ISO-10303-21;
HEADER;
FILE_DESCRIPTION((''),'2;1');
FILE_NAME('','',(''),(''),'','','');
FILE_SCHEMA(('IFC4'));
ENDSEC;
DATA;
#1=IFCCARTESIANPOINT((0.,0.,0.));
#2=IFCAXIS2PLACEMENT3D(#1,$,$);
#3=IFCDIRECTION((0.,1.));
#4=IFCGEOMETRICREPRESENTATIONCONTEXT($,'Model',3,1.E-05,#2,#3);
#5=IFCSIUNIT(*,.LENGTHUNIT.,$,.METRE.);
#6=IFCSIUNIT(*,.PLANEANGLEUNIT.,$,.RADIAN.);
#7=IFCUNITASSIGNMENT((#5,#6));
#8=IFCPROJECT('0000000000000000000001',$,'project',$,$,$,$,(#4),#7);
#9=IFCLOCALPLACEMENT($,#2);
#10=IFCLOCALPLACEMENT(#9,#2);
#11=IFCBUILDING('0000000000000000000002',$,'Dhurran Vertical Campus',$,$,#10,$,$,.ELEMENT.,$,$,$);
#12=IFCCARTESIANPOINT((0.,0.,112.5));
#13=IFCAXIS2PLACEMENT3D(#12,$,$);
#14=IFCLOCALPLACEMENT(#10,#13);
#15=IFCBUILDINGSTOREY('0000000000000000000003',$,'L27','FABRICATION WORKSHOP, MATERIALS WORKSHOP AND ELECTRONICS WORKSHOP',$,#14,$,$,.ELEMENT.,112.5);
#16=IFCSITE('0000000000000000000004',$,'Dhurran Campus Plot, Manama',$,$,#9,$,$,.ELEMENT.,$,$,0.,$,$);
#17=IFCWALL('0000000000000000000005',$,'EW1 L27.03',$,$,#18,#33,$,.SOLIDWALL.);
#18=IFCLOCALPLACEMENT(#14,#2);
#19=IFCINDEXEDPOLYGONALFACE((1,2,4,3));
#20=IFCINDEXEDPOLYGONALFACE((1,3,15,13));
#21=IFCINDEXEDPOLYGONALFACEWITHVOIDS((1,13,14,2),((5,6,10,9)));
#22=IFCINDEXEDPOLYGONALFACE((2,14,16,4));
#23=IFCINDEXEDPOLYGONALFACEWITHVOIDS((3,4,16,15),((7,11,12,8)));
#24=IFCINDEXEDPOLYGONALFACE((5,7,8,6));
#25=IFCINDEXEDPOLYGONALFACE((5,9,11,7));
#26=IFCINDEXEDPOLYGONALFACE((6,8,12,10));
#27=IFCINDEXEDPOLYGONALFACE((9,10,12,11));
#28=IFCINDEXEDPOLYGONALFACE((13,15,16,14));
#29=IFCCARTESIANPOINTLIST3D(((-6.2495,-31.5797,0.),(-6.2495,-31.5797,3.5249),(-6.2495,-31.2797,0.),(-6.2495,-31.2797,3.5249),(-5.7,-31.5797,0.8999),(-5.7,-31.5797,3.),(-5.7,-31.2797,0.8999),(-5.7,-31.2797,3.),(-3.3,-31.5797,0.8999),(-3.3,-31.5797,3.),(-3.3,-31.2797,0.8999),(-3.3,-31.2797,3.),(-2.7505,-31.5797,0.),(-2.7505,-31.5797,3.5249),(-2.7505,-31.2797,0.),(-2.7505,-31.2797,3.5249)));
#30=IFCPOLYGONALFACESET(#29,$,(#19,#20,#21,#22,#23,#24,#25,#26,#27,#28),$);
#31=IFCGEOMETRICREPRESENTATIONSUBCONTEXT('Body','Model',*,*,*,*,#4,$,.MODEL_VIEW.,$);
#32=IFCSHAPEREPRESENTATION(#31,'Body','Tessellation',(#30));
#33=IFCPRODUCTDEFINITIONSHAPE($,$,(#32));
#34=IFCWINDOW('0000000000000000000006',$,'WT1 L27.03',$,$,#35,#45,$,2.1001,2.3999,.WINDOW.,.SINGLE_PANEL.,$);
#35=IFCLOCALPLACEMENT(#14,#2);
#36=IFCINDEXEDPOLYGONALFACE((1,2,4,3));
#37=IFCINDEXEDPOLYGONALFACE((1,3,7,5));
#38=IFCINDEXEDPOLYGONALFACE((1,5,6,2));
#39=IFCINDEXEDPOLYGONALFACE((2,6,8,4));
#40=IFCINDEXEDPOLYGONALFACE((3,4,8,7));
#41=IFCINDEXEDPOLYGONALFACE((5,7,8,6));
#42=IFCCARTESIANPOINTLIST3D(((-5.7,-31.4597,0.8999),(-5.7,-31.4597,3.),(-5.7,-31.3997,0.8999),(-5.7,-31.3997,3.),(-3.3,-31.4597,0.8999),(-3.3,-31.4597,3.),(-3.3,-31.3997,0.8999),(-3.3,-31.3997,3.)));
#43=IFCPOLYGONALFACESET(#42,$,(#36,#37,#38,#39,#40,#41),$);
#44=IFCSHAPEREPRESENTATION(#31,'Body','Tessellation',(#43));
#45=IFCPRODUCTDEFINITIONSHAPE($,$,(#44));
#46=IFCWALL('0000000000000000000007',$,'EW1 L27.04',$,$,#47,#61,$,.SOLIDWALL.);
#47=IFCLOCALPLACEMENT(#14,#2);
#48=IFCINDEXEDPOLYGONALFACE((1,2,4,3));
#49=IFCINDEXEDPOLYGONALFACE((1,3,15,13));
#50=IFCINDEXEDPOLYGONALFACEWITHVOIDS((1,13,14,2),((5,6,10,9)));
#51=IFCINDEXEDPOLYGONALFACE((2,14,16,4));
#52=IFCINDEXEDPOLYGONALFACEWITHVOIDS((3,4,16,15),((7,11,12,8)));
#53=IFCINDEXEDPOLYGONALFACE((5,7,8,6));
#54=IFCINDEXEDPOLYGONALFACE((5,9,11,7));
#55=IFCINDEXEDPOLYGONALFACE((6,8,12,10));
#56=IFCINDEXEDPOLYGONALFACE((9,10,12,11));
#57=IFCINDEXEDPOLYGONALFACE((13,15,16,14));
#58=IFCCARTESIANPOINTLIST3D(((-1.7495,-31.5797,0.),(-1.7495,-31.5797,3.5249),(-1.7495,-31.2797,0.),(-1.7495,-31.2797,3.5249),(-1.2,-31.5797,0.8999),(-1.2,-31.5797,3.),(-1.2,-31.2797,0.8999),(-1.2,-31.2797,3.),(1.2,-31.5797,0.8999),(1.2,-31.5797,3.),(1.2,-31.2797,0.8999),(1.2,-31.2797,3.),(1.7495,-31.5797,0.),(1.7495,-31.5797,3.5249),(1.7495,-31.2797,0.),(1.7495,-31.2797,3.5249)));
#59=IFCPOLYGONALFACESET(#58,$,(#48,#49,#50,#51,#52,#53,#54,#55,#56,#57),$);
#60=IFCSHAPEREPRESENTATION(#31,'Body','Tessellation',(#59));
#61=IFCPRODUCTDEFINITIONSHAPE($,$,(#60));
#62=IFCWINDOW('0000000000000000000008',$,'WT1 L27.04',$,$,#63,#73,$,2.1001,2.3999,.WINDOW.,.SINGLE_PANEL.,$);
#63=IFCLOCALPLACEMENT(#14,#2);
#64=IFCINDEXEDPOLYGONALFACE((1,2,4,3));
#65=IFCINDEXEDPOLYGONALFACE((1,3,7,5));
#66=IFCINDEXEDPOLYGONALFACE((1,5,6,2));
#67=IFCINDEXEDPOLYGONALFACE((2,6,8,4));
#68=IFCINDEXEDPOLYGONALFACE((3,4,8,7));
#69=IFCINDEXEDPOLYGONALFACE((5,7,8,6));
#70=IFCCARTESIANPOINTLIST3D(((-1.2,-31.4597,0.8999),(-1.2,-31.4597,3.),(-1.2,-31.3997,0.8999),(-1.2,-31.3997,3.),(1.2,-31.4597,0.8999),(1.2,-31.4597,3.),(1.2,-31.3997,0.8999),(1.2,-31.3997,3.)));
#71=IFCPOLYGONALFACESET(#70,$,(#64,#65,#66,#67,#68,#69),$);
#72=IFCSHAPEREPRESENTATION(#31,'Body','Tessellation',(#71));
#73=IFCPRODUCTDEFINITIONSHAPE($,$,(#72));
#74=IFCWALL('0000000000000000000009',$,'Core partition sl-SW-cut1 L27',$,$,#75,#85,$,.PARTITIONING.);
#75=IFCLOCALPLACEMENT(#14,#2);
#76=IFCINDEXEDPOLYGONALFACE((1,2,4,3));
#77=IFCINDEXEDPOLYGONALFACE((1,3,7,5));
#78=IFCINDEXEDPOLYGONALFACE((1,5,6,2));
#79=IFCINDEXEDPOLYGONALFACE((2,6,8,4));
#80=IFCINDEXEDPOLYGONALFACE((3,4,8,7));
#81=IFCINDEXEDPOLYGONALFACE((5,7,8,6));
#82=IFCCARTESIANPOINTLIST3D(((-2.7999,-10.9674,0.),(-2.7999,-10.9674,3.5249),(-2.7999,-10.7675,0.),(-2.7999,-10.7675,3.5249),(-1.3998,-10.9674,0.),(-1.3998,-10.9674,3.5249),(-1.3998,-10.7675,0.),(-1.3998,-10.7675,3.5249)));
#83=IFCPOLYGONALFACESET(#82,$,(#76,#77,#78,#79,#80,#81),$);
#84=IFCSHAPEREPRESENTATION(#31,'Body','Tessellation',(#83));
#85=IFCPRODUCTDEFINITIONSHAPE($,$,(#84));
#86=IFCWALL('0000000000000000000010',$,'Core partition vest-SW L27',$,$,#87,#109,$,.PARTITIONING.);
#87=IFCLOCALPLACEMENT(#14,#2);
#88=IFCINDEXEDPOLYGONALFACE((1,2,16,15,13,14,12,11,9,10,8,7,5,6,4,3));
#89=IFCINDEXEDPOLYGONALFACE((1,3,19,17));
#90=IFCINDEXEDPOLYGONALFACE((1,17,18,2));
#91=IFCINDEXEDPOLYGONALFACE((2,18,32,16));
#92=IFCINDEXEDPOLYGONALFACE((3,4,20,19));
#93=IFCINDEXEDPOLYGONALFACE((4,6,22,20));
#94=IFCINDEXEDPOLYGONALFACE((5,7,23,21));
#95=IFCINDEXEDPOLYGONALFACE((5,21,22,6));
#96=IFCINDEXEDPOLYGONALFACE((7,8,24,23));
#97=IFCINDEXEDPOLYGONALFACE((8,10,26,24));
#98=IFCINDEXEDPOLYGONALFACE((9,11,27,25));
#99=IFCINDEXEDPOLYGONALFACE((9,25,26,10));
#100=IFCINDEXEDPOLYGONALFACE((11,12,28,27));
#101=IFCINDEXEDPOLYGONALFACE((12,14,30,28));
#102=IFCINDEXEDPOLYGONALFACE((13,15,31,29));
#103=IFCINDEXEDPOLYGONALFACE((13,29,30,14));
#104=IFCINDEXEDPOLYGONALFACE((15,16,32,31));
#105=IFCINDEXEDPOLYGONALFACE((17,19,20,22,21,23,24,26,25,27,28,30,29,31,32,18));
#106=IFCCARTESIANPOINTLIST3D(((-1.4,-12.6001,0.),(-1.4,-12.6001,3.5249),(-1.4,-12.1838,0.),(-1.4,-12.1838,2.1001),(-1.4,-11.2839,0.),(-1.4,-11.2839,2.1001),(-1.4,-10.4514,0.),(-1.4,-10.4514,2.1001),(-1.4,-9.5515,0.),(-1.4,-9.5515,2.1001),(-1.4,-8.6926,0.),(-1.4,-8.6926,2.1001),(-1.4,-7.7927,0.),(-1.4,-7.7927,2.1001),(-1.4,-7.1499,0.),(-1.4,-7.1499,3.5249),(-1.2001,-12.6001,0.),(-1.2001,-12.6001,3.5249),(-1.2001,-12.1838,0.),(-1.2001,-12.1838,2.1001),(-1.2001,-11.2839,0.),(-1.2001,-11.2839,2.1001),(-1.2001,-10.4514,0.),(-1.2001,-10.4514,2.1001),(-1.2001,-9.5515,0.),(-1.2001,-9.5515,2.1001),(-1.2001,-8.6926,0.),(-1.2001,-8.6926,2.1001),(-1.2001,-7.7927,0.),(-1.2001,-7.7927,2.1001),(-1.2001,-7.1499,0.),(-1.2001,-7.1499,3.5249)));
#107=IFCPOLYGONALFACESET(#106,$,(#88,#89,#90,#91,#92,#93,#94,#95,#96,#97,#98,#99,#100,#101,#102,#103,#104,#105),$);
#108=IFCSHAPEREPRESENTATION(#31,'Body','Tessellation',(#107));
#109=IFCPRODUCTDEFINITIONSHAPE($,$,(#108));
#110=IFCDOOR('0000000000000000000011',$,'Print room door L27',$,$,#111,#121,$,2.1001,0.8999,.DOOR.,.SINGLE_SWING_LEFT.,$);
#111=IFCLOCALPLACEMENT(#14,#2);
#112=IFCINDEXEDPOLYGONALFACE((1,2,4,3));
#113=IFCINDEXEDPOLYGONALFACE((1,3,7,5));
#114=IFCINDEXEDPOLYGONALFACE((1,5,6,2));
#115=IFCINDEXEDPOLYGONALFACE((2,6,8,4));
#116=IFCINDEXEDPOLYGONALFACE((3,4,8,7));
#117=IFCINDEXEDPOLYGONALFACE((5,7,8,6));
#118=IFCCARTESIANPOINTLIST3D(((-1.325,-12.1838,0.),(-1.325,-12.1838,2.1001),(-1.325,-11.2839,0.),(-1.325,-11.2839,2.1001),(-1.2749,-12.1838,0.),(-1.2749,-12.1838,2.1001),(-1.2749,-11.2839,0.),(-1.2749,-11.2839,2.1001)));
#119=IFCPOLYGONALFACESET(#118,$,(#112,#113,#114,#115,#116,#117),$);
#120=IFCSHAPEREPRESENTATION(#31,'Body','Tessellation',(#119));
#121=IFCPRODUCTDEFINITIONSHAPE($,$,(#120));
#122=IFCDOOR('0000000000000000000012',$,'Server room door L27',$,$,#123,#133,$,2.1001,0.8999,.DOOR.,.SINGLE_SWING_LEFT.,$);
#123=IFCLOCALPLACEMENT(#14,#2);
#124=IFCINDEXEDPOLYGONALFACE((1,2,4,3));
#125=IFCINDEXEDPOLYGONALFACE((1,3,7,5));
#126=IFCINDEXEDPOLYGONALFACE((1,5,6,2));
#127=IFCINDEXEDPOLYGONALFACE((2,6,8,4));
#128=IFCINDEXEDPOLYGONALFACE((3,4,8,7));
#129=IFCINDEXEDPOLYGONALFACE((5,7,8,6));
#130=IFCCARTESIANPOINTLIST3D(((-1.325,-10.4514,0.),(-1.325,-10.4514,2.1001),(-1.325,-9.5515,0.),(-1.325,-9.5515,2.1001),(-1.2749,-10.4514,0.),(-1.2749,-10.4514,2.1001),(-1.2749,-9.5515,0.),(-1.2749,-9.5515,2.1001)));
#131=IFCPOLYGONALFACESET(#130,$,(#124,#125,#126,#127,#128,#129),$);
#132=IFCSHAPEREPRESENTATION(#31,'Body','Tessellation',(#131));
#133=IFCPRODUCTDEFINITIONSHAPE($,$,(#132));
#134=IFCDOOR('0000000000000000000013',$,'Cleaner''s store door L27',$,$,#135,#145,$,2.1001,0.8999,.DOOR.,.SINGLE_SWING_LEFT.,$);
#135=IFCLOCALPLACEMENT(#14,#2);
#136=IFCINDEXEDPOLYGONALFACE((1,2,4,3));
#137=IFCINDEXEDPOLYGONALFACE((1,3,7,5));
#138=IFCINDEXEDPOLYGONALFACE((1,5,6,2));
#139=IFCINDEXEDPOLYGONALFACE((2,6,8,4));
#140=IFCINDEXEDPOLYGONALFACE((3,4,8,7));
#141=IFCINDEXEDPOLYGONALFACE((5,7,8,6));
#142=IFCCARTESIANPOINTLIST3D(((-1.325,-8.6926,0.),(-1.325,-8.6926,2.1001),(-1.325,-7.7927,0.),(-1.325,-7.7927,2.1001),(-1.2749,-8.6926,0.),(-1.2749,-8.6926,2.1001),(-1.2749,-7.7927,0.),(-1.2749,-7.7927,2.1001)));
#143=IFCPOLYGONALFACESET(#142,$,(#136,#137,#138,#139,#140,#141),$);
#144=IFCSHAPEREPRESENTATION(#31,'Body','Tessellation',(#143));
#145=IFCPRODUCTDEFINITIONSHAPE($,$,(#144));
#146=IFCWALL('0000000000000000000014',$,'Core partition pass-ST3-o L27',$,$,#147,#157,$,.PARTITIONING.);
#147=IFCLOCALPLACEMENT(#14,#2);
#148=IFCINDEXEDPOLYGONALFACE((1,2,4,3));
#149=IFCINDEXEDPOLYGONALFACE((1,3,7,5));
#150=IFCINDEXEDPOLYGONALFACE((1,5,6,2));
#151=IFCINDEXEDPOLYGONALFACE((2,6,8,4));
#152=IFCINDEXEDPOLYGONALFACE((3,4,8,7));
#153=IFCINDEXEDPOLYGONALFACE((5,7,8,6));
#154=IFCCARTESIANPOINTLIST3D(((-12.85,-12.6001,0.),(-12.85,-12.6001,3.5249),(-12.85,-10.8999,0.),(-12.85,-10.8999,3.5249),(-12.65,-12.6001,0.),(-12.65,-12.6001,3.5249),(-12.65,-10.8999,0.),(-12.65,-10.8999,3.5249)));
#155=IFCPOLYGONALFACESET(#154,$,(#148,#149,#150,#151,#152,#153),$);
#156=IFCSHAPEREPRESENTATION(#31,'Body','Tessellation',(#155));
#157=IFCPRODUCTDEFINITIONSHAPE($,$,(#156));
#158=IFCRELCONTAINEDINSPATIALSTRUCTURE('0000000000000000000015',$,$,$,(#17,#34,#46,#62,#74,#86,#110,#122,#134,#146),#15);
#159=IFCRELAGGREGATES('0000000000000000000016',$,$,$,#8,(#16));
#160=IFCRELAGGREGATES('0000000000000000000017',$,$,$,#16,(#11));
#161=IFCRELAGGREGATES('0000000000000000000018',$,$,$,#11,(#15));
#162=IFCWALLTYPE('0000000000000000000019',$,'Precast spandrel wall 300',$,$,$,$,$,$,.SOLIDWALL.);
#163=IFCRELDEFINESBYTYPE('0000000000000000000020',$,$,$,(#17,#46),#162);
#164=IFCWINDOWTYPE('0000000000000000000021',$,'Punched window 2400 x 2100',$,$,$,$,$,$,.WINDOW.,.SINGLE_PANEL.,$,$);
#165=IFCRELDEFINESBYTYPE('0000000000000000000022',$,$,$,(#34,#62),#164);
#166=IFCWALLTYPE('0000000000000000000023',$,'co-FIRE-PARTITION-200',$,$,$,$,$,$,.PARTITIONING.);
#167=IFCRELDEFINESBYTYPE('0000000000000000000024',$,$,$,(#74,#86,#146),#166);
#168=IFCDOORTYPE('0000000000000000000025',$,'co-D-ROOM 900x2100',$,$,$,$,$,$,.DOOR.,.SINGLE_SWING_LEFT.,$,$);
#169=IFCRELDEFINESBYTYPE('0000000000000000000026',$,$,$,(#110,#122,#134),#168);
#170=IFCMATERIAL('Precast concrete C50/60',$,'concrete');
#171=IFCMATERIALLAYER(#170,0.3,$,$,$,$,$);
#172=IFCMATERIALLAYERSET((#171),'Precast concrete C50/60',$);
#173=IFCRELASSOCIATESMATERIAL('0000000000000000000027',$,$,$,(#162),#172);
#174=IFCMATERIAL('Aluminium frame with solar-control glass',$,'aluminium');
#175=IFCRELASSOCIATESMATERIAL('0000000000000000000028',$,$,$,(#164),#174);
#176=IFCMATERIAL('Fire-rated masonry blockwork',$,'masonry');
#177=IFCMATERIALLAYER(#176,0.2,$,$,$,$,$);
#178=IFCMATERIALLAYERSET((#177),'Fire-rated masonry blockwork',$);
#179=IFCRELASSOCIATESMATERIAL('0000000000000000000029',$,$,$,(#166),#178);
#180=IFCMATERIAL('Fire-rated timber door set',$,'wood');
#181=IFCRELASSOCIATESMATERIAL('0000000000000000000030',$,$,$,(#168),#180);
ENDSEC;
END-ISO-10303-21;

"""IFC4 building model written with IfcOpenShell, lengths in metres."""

from ifc_helpers import new_model, si_unit, direction, frame, frame_2d, origin, place, context, subcontext, project, spatial, rectangle, extrude, material, layer, layer_set, type_object, element, fill, save


model = new_model("IFC4")

# Units and contexts
model_context = context("Model", 3, precision=1e-05, world=origin(), true_north=direction((0.0, 1.0)))
body_context = subcontext(model_context, "Body", "Model", "MODEL_VIEW")
ifc_project = project(units=[si_unit("LENGTHUNIT", "METRE"), si_unit("PLANEANGLEUNIT", "RADIAN")], contexts=[model_context])

# Site, building, storey
site_placement = place(None, origin())
site = spatial("IfcSite", under=ifc_project, at=site_placement, Name="Dhurran Campus Plot, Manama", CompositionType="ELEMENT", RefElevation=0.0)
building_placement = place(site_placement, origin())
building = spatial("IfcBuilding", under=site, at=building_placement, Name="Dhurran Vertical Campus", CompositionType="ELEMENT")
storey_placement = place(building_placement, frame((0.0, 0.0, 112.5)))
storey = spatial("IfcBuildingStorey", under=building, at=storey_placement, Name="L27", Description="FABRICATION WORKSHOP, MATERIALS WORKSHOP AND ELECTRONICS WORKSHOP", CompositionType="ELEMENT", Elevation=112.5)

# Walls, openings, windows
ifc_material_1 = material(Name="Precast concrete C50/60", Category="concrete")
ifc_layer_1 = layer(ifc_material_1, 0.3)
ifc_layer_set_1 = layer_set([ifc_layer_1], Name="Precast concrete C50/60")
wall_type_1 = type_object("IfcWallType", Name="Precast spandrel wall 300", PredefinedType="SOLIDWALL", material=ifc_layer_set_1)
ifc_material_2 = material(Name="Aluminium frame with solar-control glass", Category="aluminium")
window_type = type_object("IfcWindowType", Name="Punched window 2400 x 2100", PartitioningType="SINGLE_PANEL", PredefinedType="WINDOW", material=ifc_material_2)
wall_1_placement = place(storey_placement, frame((-6.2495, -31.4297, 0.0), z_axis=(0.0, 0.0, 1.0), x_axis=(1.0, 0.0, 0.0)))
wall_1 = element("IfcWall", 1, at=wall_1_placement, inside=storey, type_object=wall_type_1, Name="EW1 L27.03", PredefinedType="SOLIDWALL", context=body_context, shape_type="SweptSolid", body=[
    extrude(rectangle(XDim=3.499, YDim=0.3, at=frame_2d((1.7495, 0.0))), origin(), (0.0, 0.0, 1.0), 3.5249),
])
opening_1_placement = place(wall_1_placement, frame((0.5496, 0.0, 0.8999)))
opening_1 = element("IfcOpeningElement", 2, at=opening_1_placement, cuts=wall_1, PredefinedType="OPENING", context=body_context, shape_type="SweptSolid", body=[
    extrude(rectangle(XDim=2.3999, YDim=2.1001, at=frame_2d((1.2, 1.05))), frame((0.0, 0.1599, 0.0), z_axis=(0.0, -1.0, 0.0), x_axis=(1.0, 0.0, 0.0)), (0.0, 0.0, 1.0), 0.3201),
])
window_1_placement = place(opening_1_placement, origin())
window_1 = element("IfcWindow", 3, at=window_1_placement, inside=storey, type_object=window_type, Name="WT1 L27.03", OverallHeight=2.1001, OverallWidth=2.3999, PartitioningType="SINGLE_PANEL", PredefinedType="WINDOW", context=body_context, shape_type="SweptSolid", body=[
    extrude(rectangle(XDim=2.3999, YDim=2.1001, at=frame_2d((1.2, 1.05))), frame((0.0, 0.03, 0.0), z_axis=(0.0, -1.0, 0.0), x_axis=(1.0, 0.0, 0.0)), (0.0, 0.0, 1.0), 0.0601),
])
fill(opening_1, window_1)
wall_2_placement = place(storey_placement, frame((-1.7495, -31.4297, 0.0), z_axis=(0.0, 0.0, 1.0), x_axis=(1.0, 0.0, 0.0)))
wall_2 = element("IfcWall", 4, at=wall_2_placement, inside=storey, type_object=wall_type_1, Name="EW1 L27.04", PredefinedType="SOLIDWALL", context=body_context, shape_type="SweptSolid", body=[
    extrude(rectangle(XDim=3.499, YDim=0.3, at=frame_2d((1.7495, 0.0))), origin(), (0.0, 0.0, 1.0), 3.5249),
])
opening_2_placement = place(wall_2_placement, frame((0.5496, 0.0, 0.8999)))
opening_2 = element("IfcOpeningElement", 5, at=opening_2_placement, cuts=wall_2, PredefinedType="OPENING", context=body_context, shape_type="SweptSolid", body=[
    extrude(rectangle(XDim=2.3999, YDim=2.1001, at=frame_2d((1.2, 1.05))), frame((0.0, 0.1599, 0.0), z_axis=(0.0, -1.0, 0.0), x_axis=(1.0, 0.0, 0.0)), (0.0, 0.0, 1.0), 0.3201),
])
window_2_placement = place(opening_2_placement, origin())
window_2 = element("IfcWindow", 6, at=window_2_placement, inside=storey, type_object=window_type, Name="WT1 L27.04", OverallHeight=2.1001, OverallWidth=2.3999, PartitioningType="SINGLE_PANEL", PredefinedType="WINDOW", context=body_context, shape_type="SweptSolid", body=[
    extrude(rectangle(XDim=2.3999, YDim=2.1001, at=frame_2d((1.2, 1.05))), frame((0.0, 0.03, 0.0), z_axis=(0.0, -1.0, 0.0), x_axis=(1.0, 0.0, 0.0)), (0.0, 0.0, 1.0), 0.0601),
])
fill(opening_2, window_2)

# Wall
ifc_material_3 = material(Name="Fire-rated masonry blockwork", Category="masonry")
ifc_layer_2 = layer(ifc_material_3, 0.2)
ifc_layer_set_2 = layer_set([ifc_layer_2], Name="Fire-rated masonry blockwork")
wall_type_2 = type_object("IfcWallType", Name="co-FIRE-PARTITION-200", PredefinedType="PARTITIONING", material=ifc_layer_set_2)
wall_3_placement = place(storey_placement, frame((-2.8, -10.8674, 0.0), z_axis=(0.0, 0.0, 1.0), x_axis=(1.0, 0.0, 0.0)))
element("IfcWall", 7, at=wall_3_placement, inside=storey, type_object=wall_type_2, Name="Core partition sl-SW-cut1 L27", PredefinedType="PARTITIONING", context=body_context, shape_type="SweptSolid", body=[
    extrude(rectangle(XDim=1.4001, YDim=0.2, at=frame_2d((0.7002, 0.0))), origin(), (0.0, 0.0, 1.0), 3.5249),
])

# Wall, openings, doors
wall_4_placement = place(storey_placement, frame((-1.3, -12.6001, 0.0), z_axis=(0.0, 0.0, 1.0), x_axis=(0.0, 1.0, 0.0)))
wall_4 = element("IfcWall", 8, at=wall_4_placement, inside=storey, type_object=wall_type_2, Name="Core partition vest-SW L27", PredefinedType="PARTITIONING", context=body_context, shape_type="SweptSolid", body=[
    extrude(rectangle(XDim=5.4502, YDim=0.2, at=frame_2d((2.7251, 0.0))), origin(), (0.0, 0.0, 1.0), 3.5249),
])
opening_3_placement = place(wall_4_placement, frame((0.4163, 0.0, 0.0)))
opening_3 = element("IfcOpeningElement", 9, at=opening_3_placement, cuts=wall_4, PredefinedType="OPENING", context=body_context, shape_type="SweptSolid", body=[
    extrude(rectangle(XDim=0.8999, YDim=2.1001, at=frame_2d((0.45, 1.05))), frame((0.0, 0.1099, 0.0), z_axis=(0.0, -1.0, 0.0), x_axis=(1.0, 0.0, 0.0)), (0.0, 0.0, 1.0), 0.22),
])
opening_4_placement = place(wall_4_placement, frame((2.1487, 0.0, 0.0)))
opening_4 = element("IfcOpeningElement", 10, at=opening_4_placement, cuts=wall_4, PredefinedType="OPENING", context=body_context, shape_type="SweptSolid", body=[
    extrude(rectangle(XDim=0.8999, YDim=2.1001, at=frame_2d((0.45, 1.05))), frame((0.0, 0.1099, 0.0), z_axis=(0.0, -1.0, 0.0), x_axis=(1.0, 0.0, 0.0)), (0.0, 0.0, 1.0), 0.22),
])
opening_5_placement = place(wall_4_placement, frame((3.9075, 0.0, 0.0)))
opening_5 = element("IfcOpeningElement", 11, at=opening_5_placement, cuts=wall_4, PredefinedType="OPENING", context=body_context, shape_type="SweptSolid", body=[
    extrude(rectangle(XDim=0.8999, YDim=2.1001, at=frame_2d((0.45, 1.05))), frame((0.0, 0.1099, 0.0), z_axis=(0.0, -1.0, 0.0), x_axis=(1.0, 0.0, 0.0)), (0.0, 0.0, 1.0), 0.22),
])
ifc_material_4 = material(Name="Fire-rated timber door set", Category="wood")
door_type_1 = type_object("IfcDoorType", Name="co-D-ROOM 900x2100", OperationType="SINGLE_SWING_LEFT", PredefinedType="DOOR", material=ifc_material_4)
door_1_placement = place(opening_3_placement, origin())
door_1 = element("IfcDoor", 12, at=door_1_placement, inside=storey, type_object=door_type_1, Name="Print room door L27", OperationType="SINGLE_SWING_LEFT", OverallHeight=2.1001, OverallWidth=0.8999, PredefinedType="DOOR", context=body_context, shape_type="SweptSolid", body=[
    extrude(rectangle(XDim=0.8999, YDim=2.1001, at=frame_2d((0.45, 1.05))), frame((0.0, 0.0249, 0.0), z_axis=(0.0, -1.0, 0.0), x_axis=(1.0, 0.0, 0.0)), (0.0, 0.0, 1.0), 0.05),
])
fill(opening_3, door_1)
door_2_placement = place(opening_4_placement, origin())
door_2 = element("IfcDoor", 13, at=door_2_placement, inside=storey, type_object=door_type_1, Name="Server room door L27", OperationType="SINGLE_SWING_LEFT", OverallHeight=2.1001, OverallWidth=0.8999, PredefinedType="DOOR", context=body_context, shape_type="SweptSolid", body=[
    extrude(rectangle(XDim=0.8999, YDim=2.1001, at=frame_2d((0.45, 1.05))), frame((0.0, 0.0249, 0.0), z_axis=(0.0, -1.0, 0.0), x_axis=(1.0, 0.0, 0.0)), (0.0, 0.0, 1.0), 0.05),
])
fill(opening_4, door_2)
door_3_placement = place(opening_5_placement, origin())
door_3 = element("IfcDoor", 14, at=door_3_placement, inside=storey, type_object=door_type_1, Name="Cleaner's store door L27", OperationType="SINGLE_SWING_LEFT", OverallHeight=2.1001, OverallWidth=0.8999, PredefinedType="DOOR", context=body_context, shape_type="SweptSolid", body=[
    extrude(rectangle(XDim=0.8999, YDim=2.1001, at=frame_2d((0.45, 1.05))), frame((0.0, 0.0249, 0.0), z_axis=(0.0, -1.0, 0.0), x_axis=(1.0, 0.0, 0.0)), (0.0, 0.0, 1.0), 0.05),
])
fill(opening_5, door_3)

# Wall
wall_5_placement = place(storey_placement, frame((-12.75, -12.6001, 0.0), z_axis=(0.0, 0.0, 1.0), x_axis=(0.0, 1.0, 0.0)))
element("IfcWall", 15, at=wall_5_placement, inside=storey, type_object=wall_type_2, Name="Core partition pass-ST3-o L27", PredefinedType="PARTITIONING", context=body_context, shape_type="SweptSolid", body=[
    extrude(rectangle(XDim=1.7002, YDim=0.2, at=frame_2d((0.8501, 0.0))), origin(), (0.0, 0.0, 1.0), 3.5249),
])

save(model, "model.ifc")
